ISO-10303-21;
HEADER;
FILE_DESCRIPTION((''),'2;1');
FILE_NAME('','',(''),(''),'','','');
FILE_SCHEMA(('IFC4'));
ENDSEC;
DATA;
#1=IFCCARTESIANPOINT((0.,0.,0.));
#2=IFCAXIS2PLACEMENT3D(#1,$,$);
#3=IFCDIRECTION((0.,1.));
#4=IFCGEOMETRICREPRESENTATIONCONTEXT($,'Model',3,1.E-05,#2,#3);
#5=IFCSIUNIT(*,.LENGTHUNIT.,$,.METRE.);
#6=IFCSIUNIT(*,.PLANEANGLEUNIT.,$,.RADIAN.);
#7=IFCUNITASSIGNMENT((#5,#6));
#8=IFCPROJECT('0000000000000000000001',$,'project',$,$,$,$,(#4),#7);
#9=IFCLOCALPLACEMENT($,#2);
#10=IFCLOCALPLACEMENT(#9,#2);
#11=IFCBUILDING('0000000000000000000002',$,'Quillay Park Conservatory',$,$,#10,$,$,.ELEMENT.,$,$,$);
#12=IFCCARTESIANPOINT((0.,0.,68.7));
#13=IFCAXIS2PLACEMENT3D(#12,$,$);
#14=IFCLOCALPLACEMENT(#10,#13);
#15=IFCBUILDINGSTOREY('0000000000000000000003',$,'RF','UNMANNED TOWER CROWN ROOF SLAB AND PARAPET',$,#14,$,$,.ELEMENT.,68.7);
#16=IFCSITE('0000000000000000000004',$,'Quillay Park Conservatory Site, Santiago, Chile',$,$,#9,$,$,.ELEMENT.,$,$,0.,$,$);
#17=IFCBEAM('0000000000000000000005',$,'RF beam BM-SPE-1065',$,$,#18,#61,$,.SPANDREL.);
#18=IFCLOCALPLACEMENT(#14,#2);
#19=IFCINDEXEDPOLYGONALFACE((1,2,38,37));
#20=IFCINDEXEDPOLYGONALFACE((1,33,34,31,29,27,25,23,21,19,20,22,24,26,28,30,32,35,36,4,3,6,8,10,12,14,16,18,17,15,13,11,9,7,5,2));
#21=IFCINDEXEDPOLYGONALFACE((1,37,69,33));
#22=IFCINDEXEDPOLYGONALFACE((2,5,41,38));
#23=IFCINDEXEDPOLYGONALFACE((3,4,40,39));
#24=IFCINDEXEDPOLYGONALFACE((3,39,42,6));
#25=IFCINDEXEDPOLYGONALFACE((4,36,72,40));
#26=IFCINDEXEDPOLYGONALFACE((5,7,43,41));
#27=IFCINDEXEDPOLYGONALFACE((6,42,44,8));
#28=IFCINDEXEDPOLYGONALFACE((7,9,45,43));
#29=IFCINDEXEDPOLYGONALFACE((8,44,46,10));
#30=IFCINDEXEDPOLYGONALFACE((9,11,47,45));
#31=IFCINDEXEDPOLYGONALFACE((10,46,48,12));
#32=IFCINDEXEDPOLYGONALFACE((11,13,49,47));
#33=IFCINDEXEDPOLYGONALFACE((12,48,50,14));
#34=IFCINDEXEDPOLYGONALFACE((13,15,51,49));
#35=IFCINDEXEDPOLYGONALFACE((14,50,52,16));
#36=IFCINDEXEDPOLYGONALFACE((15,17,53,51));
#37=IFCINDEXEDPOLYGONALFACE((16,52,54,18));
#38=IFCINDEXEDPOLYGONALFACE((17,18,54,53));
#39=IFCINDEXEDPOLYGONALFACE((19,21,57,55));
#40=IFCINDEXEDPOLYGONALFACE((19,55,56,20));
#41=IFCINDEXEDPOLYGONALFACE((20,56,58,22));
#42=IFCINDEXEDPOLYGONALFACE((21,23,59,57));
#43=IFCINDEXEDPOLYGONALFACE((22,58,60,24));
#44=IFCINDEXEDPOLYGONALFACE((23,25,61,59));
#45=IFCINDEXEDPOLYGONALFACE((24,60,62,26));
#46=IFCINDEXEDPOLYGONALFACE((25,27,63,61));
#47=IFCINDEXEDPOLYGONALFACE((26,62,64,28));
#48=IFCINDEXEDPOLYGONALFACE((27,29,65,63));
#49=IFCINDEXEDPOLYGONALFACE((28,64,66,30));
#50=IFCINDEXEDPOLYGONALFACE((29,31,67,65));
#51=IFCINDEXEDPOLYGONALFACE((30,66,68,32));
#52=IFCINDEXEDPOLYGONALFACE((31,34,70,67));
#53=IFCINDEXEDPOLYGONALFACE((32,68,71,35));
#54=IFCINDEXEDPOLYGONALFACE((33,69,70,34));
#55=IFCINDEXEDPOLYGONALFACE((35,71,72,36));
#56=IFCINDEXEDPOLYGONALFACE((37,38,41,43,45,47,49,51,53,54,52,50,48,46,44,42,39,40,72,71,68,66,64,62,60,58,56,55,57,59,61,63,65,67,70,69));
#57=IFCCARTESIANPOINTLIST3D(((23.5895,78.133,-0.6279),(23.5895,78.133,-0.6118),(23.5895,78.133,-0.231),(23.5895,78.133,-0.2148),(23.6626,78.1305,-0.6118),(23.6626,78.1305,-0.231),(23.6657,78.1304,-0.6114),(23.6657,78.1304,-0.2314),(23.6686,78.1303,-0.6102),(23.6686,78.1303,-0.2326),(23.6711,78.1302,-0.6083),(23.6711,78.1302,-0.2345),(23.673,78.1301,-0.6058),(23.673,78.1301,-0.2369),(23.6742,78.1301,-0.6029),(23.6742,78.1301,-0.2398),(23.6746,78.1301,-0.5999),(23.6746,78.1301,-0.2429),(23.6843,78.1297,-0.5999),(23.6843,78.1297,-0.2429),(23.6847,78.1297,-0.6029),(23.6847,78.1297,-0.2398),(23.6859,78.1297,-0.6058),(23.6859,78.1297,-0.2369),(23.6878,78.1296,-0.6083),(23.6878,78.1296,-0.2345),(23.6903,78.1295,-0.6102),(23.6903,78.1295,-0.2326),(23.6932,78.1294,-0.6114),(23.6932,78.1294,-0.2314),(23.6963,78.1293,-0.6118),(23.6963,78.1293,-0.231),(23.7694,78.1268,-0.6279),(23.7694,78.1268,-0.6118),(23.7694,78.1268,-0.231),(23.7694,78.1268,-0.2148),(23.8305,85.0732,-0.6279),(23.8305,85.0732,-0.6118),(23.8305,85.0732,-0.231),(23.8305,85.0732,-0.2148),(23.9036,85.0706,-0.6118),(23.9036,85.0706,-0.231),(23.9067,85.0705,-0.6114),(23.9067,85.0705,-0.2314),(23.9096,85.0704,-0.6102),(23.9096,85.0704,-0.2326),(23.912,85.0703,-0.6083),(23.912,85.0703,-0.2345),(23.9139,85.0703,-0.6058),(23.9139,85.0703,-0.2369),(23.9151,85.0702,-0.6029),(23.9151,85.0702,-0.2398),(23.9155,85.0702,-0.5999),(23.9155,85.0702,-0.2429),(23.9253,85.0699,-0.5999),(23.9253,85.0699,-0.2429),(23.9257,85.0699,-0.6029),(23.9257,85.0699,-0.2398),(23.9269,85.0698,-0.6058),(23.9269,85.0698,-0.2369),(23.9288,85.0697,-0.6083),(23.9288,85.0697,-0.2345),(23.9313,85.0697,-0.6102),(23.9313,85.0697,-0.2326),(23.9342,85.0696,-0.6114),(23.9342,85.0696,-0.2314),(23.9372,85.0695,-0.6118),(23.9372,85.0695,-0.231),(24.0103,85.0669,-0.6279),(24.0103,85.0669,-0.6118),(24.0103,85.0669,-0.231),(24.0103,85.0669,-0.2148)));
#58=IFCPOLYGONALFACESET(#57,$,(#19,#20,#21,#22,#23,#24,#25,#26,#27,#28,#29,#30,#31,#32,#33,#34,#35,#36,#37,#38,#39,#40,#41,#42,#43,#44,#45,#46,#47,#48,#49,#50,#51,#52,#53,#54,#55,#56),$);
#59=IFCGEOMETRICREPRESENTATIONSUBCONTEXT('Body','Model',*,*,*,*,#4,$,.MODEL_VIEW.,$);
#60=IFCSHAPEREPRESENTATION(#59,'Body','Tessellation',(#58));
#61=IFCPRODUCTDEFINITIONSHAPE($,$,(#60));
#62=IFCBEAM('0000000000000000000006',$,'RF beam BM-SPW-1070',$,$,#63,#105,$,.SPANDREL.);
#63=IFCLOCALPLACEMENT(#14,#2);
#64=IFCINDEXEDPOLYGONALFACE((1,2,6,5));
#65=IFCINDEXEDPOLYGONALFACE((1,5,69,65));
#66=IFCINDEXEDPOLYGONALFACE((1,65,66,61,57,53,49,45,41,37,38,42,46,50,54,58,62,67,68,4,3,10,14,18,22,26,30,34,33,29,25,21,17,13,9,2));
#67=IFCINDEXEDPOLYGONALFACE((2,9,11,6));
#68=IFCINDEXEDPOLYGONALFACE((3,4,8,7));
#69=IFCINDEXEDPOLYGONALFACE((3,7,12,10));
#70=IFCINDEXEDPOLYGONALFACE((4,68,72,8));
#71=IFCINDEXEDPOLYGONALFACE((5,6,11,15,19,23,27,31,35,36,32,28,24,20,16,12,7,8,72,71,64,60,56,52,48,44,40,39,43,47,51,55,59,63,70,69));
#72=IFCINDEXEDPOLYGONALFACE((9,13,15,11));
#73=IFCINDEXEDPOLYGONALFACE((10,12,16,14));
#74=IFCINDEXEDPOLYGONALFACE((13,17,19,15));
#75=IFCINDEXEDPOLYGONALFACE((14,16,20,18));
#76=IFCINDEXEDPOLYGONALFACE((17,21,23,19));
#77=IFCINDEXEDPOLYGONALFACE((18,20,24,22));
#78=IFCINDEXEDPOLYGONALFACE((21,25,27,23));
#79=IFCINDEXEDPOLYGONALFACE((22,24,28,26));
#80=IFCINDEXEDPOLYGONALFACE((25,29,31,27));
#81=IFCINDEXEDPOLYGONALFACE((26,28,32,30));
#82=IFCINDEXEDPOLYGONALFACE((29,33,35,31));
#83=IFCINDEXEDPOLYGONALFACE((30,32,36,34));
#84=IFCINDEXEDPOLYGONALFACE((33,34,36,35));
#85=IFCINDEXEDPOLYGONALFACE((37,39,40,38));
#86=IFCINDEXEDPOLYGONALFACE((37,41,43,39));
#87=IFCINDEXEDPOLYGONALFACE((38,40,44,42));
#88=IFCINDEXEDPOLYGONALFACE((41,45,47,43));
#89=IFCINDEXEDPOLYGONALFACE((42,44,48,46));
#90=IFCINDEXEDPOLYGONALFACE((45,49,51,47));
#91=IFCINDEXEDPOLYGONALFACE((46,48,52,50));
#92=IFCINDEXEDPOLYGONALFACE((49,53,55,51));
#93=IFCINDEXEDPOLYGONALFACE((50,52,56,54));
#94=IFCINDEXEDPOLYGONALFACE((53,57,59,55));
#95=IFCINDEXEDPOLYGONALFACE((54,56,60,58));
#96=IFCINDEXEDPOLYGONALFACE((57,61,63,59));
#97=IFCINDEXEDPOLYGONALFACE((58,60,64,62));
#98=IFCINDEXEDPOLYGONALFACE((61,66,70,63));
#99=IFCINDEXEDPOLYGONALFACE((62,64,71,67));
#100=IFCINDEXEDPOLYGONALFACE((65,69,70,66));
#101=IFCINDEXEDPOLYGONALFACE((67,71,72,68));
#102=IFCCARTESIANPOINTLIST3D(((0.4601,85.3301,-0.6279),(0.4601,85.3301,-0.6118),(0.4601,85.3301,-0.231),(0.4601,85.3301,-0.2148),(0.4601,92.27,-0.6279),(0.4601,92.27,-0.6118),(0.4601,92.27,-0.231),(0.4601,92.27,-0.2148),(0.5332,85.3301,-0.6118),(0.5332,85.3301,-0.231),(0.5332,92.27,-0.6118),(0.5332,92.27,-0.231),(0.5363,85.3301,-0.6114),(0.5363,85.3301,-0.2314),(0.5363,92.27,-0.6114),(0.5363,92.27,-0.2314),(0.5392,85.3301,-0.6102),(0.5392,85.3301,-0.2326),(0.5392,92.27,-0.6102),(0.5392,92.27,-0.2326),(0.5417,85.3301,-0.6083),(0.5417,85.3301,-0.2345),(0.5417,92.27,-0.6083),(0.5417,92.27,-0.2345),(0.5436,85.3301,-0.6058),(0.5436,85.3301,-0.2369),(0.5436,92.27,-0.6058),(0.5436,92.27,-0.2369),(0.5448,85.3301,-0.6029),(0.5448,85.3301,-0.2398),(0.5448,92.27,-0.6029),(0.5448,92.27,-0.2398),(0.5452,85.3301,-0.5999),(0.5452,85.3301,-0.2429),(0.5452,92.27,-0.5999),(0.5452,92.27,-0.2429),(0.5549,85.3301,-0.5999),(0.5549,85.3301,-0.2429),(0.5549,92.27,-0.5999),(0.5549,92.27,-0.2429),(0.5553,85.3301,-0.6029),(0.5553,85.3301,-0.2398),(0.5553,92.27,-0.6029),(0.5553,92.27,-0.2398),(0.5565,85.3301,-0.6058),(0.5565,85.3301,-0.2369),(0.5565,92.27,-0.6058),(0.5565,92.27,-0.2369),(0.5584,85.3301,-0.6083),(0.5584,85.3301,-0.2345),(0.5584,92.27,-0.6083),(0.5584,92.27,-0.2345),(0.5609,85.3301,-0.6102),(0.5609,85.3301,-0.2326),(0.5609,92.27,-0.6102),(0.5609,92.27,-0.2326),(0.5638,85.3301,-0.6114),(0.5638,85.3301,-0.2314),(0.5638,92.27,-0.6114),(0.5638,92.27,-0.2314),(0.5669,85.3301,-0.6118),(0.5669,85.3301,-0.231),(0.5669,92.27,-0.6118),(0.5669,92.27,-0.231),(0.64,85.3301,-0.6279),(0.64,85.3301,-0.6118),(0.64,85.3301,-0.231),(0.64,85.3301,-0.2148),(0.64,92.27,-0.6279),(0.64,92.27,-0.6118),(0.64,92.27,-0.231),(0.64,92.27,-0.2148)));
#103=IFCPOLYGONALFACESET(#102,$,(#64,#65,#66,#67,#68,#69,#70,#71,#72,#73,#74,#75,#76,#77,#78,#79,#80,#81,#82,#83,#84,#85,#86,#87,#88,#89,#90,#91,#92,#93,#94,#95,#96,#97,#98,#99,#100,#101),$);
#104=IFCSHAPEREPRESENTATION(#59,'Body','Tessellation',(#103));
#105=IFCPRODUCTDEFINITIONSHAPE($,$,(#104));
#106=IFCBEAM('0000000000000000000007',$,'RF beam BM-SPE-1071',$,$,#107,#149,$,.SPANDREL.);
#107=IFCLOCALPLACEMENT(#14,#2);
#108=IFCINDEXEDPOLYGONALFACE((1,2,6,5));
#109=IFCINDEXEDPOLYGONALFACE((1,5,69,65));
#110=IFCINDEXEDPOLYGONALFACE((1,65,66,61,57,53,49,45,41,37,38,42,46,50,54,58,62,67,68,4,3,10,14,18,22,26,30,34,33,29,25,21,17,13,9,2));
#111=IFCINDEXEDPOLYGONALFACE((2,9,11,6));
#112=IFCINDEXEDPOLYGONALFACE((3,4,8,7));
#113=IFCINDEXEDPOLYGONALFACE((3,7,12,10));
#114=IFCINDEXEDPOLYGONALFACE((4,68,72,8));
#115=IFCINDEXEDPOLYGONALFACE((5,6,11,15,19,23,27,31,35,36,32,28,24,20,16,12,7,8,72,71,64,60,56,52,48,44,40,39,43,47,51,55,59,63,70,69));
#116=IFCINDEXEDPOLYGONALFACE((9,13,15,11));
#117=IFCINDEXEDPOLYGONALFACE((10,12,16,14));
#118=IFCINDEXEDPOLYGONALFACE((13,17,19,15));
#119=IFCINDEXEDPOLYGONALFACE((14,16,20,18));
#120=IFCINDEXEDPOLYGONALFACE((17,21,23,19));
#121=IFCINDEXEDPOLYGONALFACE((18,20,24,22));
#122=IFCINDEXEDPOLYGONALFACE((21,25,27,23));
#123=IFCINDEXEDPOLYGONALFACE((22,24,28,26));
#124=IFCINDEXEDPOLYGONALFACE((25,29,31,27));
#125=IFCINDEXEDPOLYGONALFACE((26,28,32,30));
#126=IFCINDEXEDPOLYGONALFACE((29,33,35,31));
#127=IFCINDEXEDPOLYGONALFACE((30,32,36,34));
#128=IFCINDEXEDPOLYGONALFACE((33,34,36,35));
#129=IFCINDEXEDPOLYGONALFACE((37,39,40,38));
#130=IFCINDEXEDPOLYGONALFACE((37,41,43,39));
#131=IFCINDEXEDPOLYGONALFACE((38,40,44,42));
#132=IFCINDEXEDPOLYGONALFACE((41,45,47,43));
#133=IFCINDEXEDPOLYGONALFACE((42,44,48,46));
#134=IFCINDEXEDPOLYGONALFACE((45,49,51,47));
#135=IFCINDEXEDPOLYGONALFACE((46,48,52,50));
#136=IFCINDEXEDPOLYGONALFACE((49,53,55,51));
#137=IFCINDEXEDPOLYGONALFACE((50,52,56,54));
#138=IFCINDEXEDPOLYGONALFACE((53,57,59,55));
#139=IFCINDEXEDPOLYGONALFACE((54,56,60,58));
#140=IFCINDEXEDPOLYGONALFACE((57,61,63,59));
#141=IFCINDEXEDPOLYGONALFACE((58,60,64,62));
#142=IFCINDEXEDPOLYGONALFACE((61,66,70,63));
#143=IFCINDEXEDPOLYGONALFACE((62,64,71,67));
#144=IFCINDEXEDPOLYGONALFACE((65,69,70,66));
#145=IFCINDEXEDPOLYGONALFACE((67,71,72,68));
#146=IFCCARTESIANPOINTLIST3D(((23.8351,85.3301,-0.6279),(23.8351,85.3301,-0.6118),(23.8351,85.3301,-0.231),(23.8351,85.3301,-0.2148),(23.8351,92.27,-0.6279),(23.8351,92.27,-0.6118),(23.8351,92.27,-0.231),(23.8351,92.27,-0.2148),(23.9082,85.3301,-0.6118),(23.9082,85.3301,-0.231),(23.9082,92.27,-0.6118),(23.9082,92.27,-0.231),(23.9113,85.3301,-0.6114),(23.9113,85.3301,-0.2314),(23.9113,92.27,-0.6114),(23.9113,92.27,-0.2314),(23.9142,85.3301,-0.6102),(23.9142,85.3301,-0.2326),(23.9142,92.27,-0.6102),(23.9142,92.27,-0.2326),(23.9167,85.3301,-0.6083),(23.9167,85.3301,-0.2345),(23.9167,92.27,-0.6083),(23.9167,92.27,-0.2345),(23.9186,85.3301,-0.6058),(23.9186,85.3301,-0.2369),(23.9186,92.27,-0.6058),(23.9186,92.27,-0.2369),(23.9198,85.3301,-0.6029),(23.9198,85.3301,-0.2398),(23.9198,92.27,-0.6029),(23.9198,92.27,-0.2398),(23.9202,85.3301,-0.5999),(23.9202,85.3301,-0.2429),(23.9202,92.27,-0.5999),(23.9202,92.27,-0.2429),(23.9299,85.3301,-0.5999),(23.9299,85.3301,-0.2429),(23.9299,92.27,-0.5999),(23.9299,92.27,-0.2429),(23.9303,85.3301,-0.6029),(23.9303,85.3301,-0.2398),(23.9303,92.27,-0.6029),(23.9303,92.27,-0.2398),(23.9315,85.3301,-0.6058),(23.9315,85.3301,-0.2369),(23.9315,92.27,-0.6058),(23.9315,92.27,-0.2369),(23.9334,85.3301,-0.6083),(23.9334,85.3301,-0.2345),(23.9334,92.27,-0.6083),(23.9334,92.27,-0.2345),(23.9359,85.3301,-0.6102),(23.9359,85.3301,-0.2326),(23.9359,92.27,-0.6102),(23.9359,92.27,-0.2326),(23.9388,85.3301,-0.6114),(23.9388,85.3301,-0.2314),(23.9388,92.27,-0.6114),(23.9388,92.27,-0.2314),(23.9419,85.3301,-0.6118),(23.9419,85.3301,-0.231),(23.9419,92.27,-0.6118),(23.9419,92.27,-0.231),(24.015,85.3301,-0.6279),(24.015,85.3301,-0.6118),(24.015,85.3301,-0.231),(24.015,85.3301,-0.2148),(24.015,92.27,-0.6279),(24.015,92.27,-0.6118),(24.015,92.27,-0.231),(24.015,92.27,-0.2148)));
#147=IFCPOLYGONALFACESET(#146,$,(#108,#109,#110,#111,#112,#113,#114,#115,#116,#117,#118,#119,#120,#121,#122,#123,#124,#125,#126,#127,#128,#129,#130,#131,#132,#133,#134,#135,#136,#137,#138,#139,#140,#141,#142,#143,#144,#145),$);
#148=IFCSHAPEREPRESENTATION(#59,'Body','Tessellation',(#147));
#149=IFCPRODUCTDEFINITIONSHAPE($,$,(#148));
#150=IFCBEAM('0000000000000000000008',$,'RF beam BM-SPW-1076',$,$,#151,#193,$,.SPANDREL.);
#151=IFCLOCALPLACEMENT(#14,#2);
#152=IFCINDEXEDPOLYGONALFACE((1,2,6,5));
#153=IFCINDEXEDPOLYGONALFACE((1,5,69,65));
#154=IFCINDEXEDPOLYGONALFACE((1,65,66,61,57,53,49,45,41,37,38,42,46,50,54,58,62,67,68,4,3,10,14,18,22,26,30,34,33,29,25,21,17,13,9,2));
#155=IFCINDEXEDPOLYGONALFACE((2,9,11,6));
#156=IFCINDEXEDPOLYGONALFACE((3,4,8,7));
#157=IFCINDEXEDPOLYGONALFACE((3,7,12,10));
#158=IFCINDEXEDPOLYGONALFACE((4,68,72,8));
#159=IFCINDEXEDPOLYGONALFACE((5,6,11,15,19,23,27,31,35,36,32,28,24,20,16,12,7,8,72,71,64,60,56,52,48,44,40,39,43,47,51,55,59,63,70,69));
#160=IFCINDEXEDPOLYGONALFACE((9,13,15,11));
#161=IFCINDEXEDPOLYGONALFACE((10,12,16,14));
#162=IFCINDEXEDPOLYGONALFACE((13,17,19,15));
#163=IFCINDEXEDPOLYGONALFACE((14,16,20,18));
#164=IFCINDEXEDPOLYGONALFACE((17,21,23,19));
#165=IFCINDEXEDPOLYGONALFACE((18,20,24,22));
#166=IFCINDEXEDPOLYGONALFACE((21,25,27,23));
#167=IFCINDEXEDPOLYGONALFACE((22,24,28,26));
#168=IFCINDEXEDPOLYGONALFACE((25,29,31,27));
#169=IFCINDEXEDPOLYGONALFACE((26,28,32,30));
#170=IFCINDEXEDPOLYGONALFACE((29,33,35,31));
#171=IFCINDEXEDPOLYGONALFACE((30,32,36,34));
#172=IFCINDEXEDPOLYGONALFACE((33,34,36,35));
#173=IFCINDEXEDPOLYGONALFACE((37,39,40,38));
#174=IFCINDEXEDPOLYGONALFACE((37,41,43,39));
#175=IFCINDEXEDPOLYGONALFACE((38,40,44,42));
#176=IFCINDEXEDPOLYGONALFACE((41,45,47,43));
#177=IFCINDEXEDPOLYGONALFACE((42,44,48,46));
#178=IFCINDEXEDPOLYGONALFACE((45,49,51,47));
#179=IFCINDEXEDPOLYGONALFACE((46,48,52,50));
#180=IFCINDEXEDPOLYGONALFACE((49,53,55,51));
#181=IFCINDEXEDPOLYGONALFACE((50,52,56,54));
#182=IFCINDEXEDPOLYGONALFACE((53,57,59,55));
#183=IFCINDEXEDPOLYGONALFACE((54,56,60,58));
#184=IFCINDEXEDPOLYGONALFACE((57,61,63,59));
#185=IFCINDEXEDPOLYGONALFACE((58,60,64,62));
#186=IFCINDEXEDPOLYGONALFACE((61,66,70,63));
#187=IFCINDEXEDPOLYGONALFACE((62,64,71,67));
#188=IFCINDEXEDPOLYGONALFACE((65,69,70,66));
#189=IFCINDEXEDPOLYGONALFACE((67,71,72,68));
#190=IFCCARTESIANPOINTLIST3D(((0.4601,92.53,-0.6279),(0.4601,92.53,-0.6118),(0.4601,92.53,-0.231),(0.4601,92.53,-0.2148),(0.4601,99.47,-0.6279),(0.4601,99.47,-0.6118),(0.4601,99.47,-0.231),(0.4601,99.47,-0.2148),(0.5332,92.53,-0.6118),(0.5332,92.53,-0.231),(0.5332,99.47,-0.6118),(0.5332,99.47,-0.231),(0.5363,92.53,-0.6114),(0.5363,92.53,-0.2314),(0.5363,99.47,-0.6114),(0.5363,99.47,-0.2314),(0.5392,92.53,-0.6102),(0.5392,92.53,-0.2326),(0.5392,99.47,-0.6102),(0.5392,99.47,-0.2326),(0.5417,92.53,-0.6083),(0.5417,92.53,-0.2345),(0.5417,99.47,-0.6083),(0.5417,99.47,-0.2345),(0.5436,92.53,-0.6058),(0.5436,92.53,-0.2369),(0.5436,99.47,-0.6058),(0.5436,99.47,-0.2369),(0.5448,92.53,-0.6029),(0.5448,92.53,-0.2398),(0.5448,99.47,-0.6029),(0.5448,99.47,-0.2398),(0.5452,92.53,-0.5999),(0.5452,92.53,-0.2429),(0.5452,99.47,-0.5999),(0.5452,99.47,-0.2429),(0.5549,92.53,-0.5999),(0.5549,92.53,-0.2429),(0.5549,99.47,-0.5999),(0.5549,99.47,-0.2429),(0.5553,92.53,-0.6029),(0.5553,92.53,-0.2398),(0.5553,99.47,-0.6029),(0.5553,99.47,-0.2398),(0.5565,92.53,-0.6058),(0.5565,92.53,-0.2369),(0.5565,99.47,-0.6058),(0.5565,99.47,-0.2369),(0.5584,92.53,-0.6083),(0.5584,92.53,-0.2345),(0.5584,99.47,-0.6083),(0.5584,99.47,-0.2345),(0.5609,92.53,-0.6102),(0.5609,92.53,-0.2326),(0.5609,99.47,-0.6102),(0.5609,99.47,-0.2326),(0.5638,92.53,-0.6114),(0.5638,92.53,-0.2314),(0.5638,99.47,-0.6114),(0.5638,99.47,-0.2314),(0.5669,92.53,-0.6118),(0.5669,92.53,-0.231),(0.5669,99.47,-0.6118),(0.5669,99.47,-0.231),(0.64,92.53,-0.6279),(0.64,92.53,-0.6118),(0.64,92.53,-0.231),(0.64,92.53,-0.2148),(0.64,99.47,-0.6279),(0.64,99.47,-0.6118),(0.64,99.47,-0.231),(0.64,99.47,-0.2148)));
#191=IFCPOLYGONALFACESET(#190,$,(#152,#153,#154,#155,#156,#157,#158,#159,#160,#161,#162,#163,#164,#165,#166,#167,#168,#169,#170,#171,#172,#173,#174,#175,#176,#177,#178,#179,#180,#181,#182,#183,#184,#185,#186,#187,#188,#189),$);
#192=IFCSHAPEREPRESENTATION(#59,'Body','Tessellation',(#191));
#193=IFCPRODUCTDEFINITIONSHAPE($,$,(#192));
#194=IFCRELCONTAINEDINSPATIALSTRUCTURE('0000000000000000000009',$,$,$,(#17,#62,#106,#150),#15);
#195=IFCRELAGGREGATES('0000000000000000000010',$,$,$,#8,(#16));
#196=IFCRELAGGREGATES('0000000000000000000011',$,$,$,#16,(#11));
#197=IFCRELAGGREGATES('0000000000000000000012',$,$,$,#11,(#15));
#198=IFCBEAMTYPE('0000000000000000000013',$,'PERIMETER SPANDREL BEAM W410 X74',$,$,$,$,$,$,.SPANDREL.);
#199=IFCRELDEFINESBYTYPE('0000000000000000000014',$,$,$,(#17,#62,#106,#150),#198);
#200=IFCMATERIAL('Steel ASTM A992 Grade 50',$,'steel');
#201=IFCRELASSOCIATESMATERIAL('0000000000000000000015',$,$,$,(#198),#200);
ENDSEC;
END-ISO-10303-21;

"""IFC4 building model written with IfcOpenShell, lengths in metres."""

from ifc_helpers import new_model, si_unit, direction, frame, origin, origin_2d, place, context, subcontext, project, spatial, i_section, extrude, material, material_profile, profile_set, type_object, element, save


model = new_model("IFC4")

# Units and contexts
model_context = context("Model", 3, precision=1e-05, world=origin(), true_north=direction((0.0, 1.0)))
body_context = subcontext(model_context, "Body", "Model", "MODEL_VIEW")
ifc_project = project(units=[si_unit("LENGTHUNIT", "METRE"), si_unit("PLANEANGLEUNIT", "RADIAN")], contexts=[model_context])

# Site, building, storey
site_placement = place(None, origin())
site = spatial("IfcSite", under=ifc_project, at=site_placement, Name="Quillay Park Conservatory Site, Santiago, Chile", CompositionType="ELEMENT", RefElevation=0.0)
building_placement = place(site_placement, origin())
building = spatial("IfcBuilding", under=site, at=building_placement, Name="Quillay Park Conservatory", CompositionType="ELEMENT")
storey_placement = place(building_placement, frame((0.0, 0.0, 68.7)))
storey = spatial("IfcBuildingStorey", under=building, at=storey_placement, Name="RF", Description="UNMANNED TOWER CROWN ROOF SLAB AND PARAPET", CompositionType="ELEMENT", Elevation=68.7)

# Beams
ifc_material_1 = material(Name="Steel ASTM A992 Grade 50", Category="steel")
ifc_material_profile_1 = material_profile(ifc_material_1, i_section(OverallWidth=0.1799, OverallDepth=0.4131, WebThickness=0.0098, FlangeThickness=0.0161, FilletRadius=0.012, at=origin_2d()), Name="W410x74")
ifc_profile_set_1 = profile_set([ifc_material_profile_1], Name="Steel ASTM A992 Grade 50")
beam_type_1 = type_object("IfcBeamType", Name="PERIMETER SPANDREL BEAM W410 X74", PredefinedType="SPANDREL", material=ifc_profile_set_1)
beam_1_placement = place(storey_placement, frame((23.6794, 78.1299, -0.4214), z_axis=(0.0347, 0.999398, 0.0), x_axis=(-0.999398, 0.0347, 0.0)))
element("IfcBeam", 1, at=beam_1_placement, inside=storey, type_object=beam_type_1, Name="RF beam BM-SPE-1065", PredefinedType="SPANDREL", context=body_context, shape_type="SweptSolid", body=[
    extrude(i_section(OverallWidth=0.1799, OverallDepth=0.4131, WebThickness=0.0098, FlangeThickness=0.0161, FilletRadius=0.012, at=origin_2d()), origin(), (0.0, 0.0, 1.0), 6.9443),
])
for number, where, z_axis, x_axis, name in (
    (2, (0.55, 85.3301, -0.4214), (0.0, 1.0, 0.0), (-1.0, 0.0, 0.0), "RF beam BM-SPW-1070"),
    (3, (23.925, 85.3301, -0.4214), (0.0, 1.0, 0.0), (-1.0, 0.0, 0.0), "RF beam BM-SPE-1071"),
    (4, (0.55, 92.53, -0.4214), (0.0, 1.0, 0.0), (-1.0, 0.0, 0.0), "RF beam BM-SPW-1076"),
):
    element("IfcBeam", number, at=place(storey_placement, frame(where, z_axis=z_axis, x_axis=x_axis)), inside=storey, type_object=beam_type_1, Name=name, PredefinedType="SPANDREL", context=body_context, shape_type="SweptSolid", body=[
        extrude(i_section(OverallWidth=0.1799, OverallDepth=0.4131, WebThickness=0.0098, FlangeThickness=0.0161, FilletRadius=0.012, at=origin_2d()), origin(), (0.0, 0.0, 1.0), 6.9399),
    ])

save(model, "model.ifc")
